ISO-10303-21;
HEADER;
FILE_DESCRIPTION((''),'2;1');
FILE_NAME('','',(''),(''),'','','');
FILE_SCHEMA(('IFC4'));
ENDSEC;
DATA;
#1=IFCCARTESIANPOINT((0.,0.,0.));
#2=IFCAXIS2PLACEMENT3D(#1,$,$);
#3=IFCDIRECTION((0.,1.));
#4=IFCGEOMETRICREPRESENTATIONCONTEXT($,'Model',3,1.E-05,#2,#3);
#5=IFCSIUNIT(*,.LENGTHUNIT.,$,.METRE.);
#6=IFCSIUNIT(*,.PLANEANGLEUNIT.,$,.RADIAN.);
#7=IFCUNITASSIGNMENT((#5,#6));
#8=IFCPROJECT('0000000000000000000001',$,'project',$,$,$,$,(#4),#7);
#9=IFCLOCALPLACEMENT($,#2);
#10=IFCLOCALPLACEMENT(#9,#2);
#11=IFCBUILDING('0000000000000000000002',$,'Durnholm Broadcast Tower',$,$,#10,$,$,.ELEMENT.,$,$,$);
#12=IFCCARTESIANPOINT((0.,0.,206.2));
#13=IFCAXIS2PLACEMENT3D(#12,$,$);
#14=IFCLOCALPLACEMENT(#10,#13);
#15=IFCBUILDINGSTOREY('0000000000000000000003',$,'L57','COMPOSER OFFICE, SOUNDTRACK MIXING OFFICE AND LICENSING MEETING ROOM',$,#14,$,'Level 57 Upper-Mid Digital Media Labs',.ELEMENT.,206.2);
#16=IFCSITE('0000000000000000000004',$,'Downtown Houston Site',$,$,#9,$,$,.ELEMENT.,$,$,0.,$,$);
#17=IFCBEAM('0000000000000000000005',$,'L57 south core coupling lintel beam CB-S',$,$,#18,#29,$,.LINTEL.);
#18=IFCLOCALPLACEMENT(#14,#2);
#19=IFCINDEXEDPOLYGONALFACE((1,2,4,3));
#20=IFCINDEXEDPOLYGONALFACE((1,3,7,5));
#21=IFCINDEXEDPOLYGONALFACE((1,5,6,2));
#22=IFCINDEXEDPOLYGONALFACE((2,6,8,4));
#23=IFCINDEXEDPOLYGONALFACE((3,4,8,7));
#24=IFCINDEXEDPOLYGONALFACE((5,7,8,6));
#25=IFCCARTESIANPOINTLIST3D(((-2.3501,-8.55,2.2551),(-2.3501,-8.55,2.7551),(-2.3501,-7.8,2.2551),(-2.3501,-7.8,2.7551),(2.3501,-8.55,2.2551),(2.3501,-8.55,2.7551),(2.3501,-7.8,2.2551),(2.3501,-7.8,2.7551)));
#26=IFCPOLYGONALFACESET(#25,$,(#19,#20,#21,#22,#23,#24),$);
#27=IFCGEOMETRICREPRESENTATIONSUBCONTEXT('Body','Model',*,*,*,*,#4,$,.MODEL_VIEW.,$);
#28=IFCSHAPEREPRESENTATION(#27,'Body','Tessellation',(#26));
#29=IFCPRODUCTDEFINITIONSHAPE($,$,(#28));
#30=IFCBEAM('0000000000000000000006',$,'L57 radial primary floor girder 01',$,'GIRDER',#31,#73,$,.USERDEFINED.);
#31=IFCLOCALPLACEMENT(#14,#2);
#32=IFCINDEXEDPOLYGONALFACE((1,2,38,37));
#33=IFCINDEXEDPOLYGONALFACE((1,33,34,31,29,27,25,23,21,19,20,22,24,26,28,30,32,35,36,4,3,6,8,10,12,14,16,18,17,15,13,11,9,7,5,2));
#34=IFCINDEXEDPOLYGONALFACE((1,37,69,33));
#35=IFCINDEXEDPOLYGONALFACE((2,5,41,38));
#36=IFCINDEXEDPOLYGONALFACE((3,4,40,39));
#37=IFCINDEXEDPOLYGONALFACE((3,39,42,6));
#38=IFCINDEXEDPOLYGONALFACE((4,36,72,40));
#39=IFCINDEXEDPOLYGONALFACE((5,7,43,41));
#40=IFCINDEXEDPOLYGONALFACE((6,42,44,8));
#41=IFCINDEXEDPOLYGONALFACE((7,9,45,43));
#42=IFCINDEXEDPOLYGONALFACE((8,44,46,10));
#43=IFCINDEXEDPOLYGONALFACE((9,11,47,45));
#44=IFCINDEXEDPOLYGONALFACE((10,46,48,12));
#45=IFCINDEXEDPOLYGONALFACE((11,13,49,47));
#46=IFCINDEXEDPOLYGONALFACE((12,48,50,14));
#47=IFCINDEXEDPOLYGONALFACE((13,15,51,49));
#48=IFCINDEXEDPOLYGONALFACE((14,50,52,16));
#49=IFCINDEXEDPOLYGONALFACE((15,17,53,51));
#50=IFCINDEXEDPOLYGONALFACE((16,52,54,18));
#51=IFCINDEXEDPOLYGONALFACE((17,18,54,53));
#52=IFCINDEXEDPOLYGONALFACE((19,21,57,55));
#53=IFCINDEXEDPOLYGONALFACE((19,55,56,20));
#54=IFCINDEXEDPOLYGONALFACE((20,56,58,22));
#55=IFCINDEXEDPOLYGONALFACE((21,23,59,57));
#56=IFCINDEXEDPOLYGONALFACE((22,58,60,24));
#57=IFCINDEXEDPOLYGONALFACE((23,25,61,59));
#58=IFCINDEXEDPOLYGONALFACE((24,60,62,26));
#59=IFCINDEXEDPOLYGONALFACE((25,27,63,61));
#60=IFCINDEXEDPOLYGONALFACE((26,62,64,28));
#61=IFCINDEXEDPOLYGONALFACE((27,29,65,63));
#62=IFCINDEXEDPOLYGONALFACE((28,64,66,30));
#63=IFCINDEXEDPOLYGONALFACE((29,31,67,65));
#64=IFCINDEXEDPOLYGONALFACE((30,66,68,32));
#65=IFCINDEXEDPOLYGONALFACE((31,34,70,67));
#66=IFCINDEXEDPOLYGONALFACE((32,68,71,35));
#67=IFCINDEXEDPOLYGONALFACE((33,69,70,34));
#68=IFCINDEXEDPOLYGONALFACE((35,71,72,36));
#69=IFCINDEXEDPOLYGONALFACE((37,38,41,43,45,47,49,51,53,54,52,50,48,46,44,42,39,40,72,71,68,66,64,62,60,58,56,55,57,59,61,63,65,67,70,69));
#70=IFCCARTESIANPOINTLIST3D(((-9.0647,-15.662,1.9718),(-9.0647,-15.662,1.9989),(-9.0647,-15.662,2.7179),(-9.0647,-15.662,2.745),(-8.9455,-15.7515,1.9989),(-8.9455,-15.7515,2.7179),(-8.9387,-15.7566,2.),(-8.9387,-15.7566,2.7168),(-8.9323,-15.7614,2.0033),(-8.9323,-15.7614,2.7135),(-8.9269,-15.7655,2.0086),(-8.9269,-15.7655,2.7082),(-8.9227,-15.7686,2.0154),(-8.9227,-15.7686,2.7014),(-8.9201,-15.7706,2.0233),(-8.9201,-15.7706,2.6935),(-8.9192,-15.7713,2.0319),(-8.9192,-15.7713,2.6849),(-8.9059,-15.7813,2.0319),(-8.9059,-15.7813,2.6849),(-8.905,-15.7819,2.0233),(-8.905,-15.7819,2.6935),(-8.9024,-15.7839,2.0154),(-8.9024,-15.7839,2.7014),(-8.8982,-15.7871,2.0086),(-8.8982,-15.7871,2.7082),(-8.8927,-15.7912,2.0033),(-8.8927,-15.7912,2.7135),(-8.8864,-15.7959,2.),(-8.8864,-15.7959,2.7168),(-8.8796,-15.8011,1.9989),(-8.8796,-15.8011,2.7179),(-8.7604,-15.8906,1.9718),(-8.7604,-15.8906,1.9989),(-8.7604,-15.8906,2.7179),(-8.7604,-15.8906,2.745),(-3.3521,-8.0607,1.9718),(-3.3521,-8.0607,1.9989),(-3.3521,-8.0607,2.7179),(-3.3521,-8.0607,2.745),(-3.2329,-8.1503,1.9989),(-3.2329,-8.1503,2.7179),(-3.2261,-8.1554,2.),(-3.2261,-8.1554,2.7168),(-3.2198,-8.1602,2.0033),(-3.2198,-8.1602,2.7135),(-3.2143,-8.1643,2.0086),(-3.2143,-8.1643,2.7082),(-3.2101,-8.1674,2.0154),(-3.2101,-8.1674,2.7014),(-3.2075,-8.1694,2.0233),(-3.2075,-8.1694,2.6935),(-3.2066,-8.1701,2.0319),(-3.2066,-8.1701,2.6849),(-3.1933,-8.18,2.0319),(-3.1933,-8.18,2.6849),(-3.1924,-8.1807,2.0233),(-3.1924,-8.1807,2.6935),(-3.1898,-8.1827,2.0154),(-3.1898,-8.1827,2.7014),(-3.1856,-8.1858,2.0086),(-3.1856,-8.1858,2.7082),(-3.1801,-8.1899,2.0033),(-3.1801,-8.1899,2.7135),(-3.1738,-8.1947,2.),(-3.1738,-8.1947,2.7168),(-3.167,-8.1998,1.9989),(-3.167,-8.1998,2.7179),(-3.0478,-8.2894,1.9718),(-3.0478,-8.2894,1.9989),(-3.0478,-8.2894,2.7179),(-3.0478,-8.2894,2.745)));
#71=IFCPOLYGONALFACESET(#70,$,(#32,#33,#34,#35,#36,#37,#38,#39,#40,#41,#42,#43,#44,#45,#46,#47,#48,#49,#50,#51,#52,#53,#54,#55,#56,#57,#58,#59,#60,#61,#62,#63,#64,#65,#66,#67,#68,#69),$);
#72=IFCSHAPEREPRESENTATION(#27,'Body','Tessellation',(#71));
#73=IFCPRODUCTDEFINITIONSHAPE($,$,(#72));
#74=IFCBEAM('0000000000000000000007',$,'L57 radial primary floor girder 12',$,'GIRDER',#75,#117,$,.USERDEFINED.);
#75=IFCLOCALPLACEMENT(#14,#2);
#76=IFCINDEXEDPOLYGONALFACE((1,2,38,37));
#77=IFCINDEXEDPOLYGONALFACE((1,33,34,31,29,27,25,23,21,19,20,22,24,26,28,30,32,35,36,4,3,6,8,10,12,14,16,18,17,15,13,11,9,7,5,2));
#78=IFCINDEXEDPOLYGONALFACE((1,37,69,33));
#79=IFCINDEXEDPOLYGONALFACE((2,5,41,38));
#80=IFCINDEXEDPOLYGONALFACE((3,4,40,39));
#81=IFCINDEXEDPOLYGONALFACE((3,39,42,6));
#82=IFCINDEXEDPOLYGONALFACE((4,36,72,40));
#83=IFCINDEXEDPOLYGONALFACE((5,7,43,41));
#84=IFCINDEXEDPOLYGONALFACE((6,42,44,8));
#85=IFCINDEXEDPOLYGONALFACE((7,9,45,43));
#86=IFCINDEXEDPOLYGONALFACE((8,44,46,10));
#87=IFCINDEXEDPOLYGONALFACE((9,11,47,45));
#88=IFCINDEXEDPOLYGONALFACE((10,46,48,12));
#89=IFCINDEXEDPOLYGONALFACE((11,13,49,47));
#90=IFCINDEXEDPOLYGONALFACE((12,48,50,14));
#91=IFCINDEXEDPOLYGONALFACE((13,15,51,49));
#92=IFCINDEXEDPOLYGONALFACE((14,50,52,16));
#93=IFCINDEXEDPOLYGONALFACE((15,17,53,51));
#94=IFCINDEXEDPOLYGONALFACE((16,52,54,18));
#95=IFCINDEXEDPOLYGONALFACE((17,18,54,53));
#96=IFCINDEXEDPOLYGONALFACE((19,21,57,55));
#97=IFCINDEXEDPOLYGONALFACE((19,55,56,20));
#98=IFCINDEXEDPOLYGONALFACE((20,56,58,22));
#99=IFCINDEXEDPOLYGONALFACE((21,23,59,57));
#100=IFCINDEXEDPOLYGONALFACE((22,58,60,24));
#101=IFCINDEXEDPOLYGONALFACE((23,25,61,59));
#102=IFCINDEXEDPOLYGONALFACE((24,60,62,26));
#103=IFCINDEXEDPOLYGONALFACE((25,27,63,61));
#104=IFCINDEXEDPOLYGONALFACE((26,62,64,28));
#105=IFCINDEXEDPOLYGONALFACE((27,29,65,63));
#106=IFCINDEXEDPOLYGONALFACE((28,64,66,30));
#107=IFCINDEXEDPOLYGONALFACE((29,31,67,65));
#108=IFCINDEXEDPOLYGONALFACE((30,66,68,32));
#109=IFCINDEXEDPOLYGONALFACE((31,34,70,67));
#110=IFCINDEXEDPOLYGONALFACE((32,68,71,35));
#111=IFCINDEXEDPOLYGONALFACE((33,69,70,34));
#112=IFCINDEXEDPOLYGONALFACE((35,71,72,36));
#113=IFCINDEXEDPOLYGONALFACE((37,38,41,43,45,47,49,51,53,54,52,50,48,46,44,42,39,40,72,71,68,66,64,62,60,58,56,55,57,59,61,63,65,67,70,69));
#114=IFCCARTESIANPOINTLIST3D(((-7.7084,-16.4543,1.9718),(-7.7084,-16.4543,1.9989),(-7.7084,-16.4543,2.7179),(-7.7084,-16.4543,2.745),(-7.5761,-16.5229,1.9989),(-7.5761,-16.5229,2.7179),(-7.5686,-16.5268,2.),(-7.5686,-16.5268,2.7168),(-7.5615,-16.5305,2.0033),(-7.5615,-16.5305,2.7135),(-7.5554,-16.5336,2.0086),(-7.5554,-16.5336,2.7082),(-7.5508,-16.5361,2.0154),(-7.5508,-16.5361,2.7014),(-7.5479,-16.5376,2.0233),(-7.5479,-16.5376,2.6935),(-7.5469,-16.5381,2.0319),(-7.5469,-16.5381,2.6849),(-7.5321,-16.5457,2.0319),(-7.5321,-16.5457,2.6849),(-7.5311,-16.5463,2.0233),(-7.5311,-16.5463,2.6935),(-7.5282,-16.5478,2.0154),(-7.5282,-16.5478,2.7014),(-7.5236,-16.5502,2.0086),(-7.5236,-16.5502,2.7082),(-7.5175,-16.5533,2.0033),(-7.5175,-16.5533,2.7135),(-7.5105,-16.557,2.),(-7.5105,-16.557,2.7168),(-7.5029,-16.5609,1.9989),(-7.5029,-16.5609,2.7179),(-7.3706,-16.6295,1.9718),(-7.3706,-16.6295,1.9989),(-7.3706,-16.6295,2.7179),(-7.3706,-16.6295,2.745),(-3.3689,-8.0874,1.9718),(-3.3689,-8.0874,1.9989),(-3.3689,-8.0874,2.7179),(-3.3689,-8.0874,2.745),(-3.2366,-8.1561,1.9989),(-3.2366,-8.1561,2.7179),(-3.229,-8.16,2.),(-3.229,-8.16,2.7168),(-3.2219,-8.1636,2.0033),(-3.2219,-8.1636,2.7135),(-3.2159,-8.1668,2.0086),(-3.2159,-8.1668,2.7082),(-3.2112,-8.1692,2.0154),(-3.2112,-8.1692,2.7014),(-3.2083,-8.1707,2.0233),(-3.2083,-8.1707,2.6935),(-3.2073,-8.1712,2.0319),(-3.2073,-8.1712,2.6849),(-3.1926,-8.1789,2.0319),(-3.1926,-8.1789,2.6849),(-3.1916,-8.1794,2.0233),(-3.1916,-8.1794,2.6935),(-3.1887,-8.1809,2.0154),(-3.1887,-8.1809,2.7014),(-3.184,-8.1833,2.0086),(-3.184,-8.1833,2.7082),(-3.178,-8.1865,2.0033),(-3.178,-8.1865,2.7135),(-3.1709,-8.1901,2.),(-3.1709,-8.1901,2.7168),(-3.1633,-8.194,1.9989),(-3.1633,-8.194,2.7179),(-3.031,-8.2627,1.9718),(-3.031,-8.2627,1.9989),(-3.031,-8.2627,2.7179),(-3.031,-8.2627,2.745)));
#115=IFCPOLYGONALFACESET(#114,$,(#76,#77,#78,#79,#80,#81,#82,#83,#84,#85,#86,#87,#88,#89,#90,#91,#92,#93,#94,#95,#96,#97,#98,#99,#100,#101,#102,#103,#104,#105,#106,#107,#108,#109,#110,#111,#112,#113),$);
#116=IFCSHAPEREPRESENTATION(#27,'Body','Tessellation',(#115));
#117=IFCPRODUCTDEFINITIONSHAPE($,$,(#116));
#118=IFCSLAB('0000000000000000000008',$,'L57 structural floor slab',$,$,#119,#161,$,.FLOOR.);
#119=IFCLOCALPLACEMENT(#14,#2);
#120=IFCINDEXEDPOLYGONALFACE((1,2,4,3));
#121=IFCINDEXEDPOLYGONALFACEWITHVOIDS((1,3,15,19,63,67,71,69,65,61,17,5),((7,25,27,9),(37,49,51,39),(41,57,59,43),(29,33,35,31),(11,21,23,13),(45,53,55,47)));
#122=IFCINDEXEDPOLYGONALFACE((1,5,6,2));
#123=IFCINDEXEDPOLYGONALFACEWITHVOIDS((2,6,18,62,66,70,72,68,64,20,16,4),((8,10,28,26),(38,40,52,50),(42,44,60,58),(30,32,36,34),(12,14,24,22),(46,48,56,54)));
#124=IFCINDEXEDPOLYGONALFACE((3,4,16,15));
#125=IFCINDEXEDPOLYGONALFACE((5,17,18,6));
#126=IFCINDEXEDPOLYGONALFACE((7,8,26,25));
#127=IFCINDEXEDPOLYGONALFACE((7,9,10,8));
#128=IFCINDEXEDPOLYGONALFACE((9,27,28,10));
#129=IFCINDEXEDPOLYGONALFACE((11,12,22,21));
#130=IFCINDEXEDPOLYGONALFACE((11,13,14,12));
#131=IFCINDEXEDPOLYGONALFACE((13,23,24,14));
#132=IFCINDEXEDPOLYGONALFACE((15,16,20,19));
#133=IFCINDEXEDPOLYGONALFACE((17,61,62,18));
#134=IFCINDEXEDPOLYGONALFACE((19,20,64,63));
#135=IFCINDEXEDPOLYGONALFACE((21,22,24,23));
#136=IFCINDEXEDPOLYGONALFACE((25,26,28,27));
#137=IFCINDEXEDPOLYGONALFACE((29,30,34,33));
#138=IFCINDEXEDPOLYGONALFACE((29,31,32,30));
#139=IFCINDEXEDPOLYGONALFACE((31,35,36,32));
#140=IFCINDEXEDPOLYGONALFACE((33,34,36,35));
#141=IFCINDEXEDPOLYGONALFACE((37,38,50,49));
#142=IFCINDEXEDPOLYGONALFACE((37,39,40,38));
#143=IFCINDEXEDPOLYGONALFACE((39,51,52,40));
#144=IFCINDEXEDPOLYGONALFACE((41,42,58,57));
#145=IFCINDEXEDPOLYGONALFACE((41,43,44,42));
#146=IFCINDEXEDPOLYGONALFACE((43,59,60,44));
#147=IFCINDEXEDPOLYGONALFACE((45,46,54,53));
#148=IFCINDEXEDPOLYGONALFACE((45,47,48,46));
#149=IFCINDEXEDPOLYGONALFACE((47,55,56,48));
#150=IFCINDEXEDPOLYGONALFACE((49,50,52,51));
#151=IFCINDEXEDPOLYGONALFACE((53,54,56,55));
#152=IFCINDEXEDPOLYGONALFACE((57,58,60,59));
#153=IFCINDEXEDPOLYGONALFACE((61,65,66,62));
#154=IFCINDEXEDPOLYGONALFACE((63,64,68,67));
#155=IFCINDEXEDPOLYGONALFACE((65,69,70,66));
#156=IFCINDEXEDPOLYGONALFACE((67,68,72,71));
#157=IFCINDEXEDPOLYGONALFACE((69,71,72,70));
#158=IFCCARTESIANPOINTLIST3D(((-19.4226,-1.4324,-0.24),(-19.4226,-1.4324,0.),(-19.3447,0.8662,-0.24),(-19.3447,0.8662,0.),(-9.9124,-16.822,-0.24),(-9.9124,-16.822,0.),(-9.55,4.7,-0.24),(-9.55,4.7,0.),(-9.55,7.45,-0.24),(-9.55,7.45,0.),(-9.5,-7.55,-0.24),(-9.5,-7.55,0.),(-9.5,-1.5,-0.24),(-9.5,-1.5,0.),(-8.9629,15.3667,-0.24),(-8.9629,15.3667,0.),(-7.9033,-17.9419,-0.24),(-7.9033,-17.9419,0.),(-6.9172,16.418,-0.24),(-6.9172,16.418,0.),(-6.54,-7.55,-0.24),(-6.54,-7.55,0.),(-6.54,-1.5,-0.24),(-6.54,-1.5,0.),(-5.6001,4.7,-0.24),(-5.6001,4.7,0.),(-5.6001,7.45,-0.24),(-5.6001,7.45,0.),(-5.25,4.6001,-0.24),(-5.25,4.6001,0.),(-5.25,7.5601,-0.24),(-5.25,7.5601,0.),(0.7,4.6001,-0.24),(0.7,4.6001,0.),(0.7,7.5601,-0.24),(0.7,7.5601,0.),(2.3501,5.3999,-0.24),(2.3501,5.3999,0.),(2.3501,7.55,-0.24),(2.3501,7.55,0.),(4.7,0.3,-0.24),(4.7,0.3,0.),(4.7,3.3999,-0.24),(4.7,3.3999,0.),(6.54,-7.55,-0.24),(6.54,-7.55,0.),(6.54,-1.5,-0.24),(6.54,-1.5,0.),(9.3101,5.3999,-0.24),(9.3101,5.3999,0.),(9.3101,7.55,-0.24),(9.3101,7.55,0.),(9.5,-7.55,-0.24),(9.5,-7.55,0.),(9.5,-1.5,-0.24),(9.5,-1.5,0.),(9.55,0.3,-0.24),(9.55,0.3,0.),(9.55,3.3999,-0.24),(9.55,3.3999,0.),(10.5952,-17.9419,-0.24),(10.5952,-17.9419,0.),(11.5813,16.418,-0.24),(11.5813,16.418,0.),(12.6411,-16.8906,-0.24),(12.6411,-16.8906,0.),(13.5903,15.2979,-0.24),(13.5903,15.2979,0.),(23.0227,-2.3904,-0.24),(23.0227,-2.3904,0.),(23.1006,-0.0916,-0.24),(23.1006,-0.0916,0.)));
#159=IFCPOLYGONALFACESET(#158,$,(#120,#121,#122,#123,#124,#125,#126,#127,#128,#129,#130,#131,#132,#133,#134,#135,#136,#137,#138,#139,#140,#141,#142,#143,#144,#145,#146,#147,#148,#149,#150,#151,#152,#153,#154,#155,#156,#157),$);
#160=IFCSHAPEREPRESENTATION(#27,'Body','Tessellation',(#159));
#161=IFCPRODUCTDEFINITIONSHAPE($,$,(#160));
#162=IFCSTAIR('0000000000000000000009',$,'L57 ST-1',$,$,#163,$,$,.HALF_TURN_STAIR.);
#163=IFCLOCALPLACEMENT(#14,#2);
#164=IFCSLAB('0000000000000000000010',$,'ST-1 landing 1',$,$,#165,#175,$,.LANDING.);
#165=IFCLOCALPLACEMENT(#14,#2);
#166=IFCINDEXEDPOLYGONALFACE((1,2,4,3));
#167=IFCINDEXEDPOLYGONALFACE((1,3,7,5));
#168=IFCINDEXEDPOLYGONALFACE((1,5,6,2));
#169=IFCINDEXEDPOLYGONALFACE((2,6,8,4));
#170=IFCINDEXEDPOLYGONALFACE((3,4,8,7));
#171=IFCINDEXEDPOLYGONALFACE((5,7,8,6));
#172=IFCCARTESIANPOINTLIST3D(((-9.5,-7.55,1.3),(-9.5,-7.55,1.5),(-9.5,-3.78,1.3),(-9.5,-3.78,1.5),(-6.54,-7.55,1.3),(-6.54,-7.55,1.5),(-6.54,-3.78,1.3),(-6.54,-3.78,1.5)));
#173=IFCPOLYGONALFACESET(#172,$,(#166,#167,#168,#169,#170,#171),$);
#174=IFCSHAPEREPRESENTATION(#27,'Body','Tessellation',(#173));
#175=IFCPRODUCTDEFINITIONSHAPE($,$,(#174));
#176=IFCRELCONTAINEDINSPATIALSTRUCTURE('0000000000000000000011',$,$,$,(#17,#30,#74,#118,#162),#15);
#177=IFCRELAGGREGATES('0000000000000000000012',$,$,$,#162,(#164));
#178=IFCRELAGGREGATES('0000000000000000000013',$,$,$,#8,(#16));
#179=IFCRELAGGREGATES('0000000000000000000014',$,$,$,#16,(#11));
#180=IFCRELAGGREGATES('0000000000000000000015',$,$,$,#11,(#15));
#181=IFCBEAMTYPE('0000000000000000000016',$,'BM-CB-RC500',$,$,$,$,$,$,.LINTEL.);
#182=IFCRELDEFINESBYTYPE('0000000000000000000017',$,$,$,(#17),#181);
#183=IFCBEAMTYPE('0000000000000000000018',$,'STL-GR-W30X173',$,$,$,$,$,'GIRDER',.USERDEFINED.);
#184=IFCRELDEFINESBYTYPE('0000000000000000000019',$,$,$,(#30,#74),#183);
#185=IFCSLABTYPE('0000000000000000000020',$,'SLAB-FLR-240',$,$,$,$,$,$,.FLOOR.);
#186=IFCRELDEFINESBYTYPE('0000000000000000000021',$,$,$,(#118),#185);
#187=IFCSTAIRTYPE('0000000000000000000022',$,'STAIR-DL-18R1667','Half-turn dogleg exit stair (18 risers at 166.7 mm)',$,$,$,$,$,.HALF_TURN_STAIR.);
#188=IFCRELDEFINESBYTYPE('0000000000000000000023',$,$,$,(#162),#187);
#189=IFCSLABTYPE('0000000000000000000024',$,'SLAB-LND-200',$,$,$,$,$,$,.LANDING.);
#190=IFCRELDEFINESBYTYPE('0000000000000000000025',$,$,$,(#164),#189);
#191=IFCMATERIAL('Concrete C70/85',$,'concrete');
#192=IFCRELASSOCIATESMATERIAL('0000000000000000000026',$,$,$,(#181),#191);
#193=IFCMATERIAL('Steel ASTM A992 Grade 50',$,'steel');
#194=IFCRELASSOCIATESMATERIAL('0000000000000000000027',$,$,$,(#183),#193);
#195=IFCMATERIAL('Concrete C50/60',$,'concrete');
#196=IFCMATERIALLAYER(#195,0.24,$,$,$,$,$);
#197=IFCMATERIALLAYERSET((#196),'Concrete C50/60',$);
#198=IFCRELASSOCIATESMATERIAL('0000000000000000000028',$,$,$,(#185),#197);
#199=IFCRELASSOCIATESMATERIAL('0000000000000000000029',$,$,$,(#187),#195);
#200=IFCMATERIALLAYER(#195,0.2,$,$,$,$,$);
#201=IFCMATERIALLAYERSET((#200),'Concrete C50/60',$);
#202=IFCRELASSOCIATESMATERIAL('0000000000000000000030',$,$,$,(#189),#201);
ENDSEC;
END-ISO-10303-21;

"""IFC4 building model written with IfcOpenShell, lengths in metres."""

from ifc_helpers import new_model, si_unit, direction, frame, origin, origin_2d, place, context, subcontext, project, spatial, polyline, rectangle, i_section, outline, extrude, source, transform, mapped, material, layer, layer_set, material_profile, profile_set, type_object, type_shapes, element, aggregate, save


model = new_model("IFC4")

# Units and contexts
model_context = context("Model", 3, precision=1e-05, world=origin(), true_north=direction((0.0, 1.0)))
body_context = subcontext(model_context, "Body", "Model", "MODEL_VIEW")
ifc_project = project(units=[si_unit("LENGTHUNIT", "METRE"), si_unit("PLANEANGLEUNIT", "RADIAN")], contexts=[model_context])

# Site, building, storey
site_placement = place(None, origin())
site = spatial("IfcSite", under=ifc_project, at=site_placement, Name="Downtown Houston Site", CompositionType="ELEMENT", RefElevation=0.0)
building_placement = place(site_placement, origin())
building = spatial("IfcBuilding", under=site, at=building_placement, Name="Durnholm Broadcast Tower", CompositionType="ELEMENT")
storey_placement = place(building_placement, frame((0.0, 0.0, 206.2)))
storey = spatial("IfcBuildingStorey", under=building, at=storey_placement, Name="L57", Description="COMPOSER OFFICE, SOUNDTRACK MIXING OFFICE AND LICENSING MEETING ROOM", LongName="Level 57 Upper-Mid Digital Media Labs", CompositionType="ELEMENT", Elevation=206.2)

# Beams
ifc_material_1 = material(Name="Concrete C70/85", Category="concrete")
ifc_material_profile_1 = material_profile(ifc_material_1, rectangle(XDim=0.75, YDim=0.5, at=origin_2d()), Name="RC750X500")
ifc_profile_set_1 = profile_set([ifc_material_profile_1], Name="Concrete C70/85")
beam_type_1 = type_object("IfcBeamType", Name="BM-CB-RC500", PredefinedType="LINTEL", material=ifc_profile_set_1)
shared_shape_1 = source(origin(), body_context, "Body", "SweptSolid", [
    extrude(rectangle(XDim=0.75, YDim=0.5, at=origin_2d()), origin(), (0.0, 0.0, 1.0), 4.7002),
])
type_shapes(beam_type_1, [shared_shape_1])
beam_1_placement = place(storey_placement, frame((-2.3501, -8.175, 2.5051), z_axis=(1.0, 0.0, 0.0), x_axis=(0.0, 1.0, 0.0)))
element("IfcBeam", 1, at=beam_1_placement, inside=storey, type_object=beam_type_1, Name="L57 south core coupling lintel beam CB-S", PredefinedType="LINTEL", context=body_context, shape_type="MappedRepresentation", body=[
    mapped(shared_shape_1, transform((0.0, 0.0, 0.0), x_axis=(1.0, 0.0, 0.0), y_axis=(0.0, 1.0, 0.0), z_axis=(0.0, 0.0, 1.0), scale=1.0)),
])
ifc_material_2 = material(Name="Steel ASTM A992 Grade 50", Category="steel")
ifc_material_profile_2 = material_profile(ifc_material_2, i_section(OverallWidth=0.3806, OverallDepth=0.7732, WebThickness=0.0166, FlangeThickness=0.0271, FilletRadius=0.033, at=origin_2d()), Name="W30X173")
ifc_profile_set_2 = profile_set([ifc_material_profile_2], Name="Steel ASTM A992 Grade 50")
beam_type_2 = type_object("IfcBeamType", Name="STL-GR-W30X173", ElementType="GIRDER", PredefinedType="USERDEFINED", material=ifc_profile_set_2)
shared_shape_2 = source(origin(), body_context, "Body", "SweptSolid", [
    extrude(i_section(OverallWidth=0.3806, OverallDepth=0.7732, WebThickness=0.0166, FlangeThickness=0.0271, FilletRadius=0.033, at=origin_2d()), origin(), (0.0, 0.0, 1.0), 9.5085),
])
beam_2_placement = place(storey_placement, frame((-3.2, -8.175, 2.3584), z_axis=(-0.600784, -0.799411, 0.0), x_axis=(0.799411, -0.600784, 0.0)))
element("IfcBeam", 2, at=beam_2_placement, inside=storey, type_object=beam_type_2, Name="L57 radial primary floor girder 01", ObjectType="GIRDER", PredefinedType="USERDEFINED", context=body_context, shape_type="MappedRepresentation", body=[
    mapped(shared_shape_2, transform((0.0, 0.0, 0.0), x_axis=(1.0, 0.0, 0.0), y_axis=(0.0, 1.0, 0.0), z_axis=(0.0, 0.0, 1.0), scale=1.0)),
])
shared_shape_3 = source(origin(), body_context, "Body", "SweptSolid", [
    extrude(i_section(OverallWidth=0.3806, OverallDepth=0.7732, WebThickness=0.0166, FlangeThickness=0.0271, FilletRadius=0.033, at=origin_2d()), origin(), (0.0, 0.0, 1.0), 9.4253),
])
type_shapes(beam_type_2, [shared_shape_2, shared_shape_3])
beam_3_placement = place(storey_placement, frame((-3.2, -8.175, 2.3584), z_axis=(-0.460416, -0.887703, 0.0), x_axis=(0.887703, -0.460416, 0.0)))
element("IfcBeam", 3, at=beam_3_placement, inside=storey, type_object=beam_type_2, Name="L57 radial primary floor girder 12", ObjectType="GIRDER", PredefinedType="USERDEFINED", context=body_context, shape_type="MappedRepresentation", body=[
    mapped(shared_shape_3, transform((0.0, 0.0, 0.0), x_axis=(1.0, 0.0, 0.0), y_axis=(0.0, 1.0, 0.0), z_axis=(0.0, 0.0, 1.0), scale=1.0)),
])

# Slab
ifc_material_3 = material(Name="Concrete C50/60", Category="concrete")
ifc_layer_1 = layer(ifc_material_3, 0.24)
ifc_layer_set_1 = layer_set([ifc_layer_1], Name="Concrete C50/60")
slab_type_1 = type_object("IfcSlabType", Name="SLAB-FLR-240", PredefinedType="FLOOR", material=ifc_layer_set_1)
slab_1_placement = place(storey_placement, frame((0.0, 0.0, -0.24)))
element("IfcSlab", 4, at=slab_1_placement, inside=storey, type_object=slab_type_1, Name="L57 structural floor slab", PredefinedType="FLOOR", context=body_context, shape_type="SweptSolid", body=[
    extrude(outline(polyline([(-9.9124, -16.822), (-7.9033, -17.9419), (10.5952, -17.9419), (12.6411, -16.8906), (23.0227, -2.3904), (23.1006, -0.0916), (13.5903, 15.2979), (11.5813, 16.418), (-6.9172, 16.418), (-8.9629, 15.3667), (-19.3447, 0.8662), (-19.4226, -1.4324), (-9.9124, -16.822)]), holes=[polyline([(-6.54, -1.5), (-9.5, -1.5), (-9.5, -7.55), (-6.54, -7.55), (-6.54, -1.5)]), polyline([(9.5, -7.55), (9.5, -1.5), (6.54, -1.5), (6.54, -7.55), (9.5, -7.55)]), polyline([(9.55, 3.3999), (4.7, 3.3999), (4.7, 0.3), (9.55, 0.3), (9.55, 3.3999)]), polyline([(-9.55, 7.45), (-9.55, 4.7), (-5.6001, 4.7), (-5.6001, 7.45), (-9.55, 7.45)]), polyline([(-5.25, 4.6001), (0.7, 4.6001), (0.7, 7.5601), (-5.25, 7.5601), (-5.25, 4.6001)]), polyline([(9.3101, 7.55), (2.3501, 7.55), (2.3501, 5.3999), (9.3101, 5.3999), (9.3101, 7.55)])]), origin(), (0.0, 0.0, 1.0), 0.24),
])

# Stair, slab
stair_type = type_object("IfcStairType", Name="STAIR-DL-18R1667", Description="Half-turn dogleg exit stair (18 risers at 166.7 mm)", PredefinedType="HALF_TURN_STAIR", material=ifc_material_3)
stair_1_placement = place(storey_placement, origin())
stair_1 = element("IfcStair", 5, at=stair_1_placement, inside=storey, type_object=stair_type, Name="L57 ST-1", PredefinedType="HALF_TURN_STAIR")
ifc_layer_2 = layer(ifc_material_3, 0.2)
ifc_layer_set_2 = layer_set([ifc_layer_2], Name="Concrete C50/60")
slab_type_2 = type_object("IfcSlabType", Name="SLAB-LND-200", PredefinedType="LANDING", material=ifc_layer_set_2)
slab_2_placement = place(storey_placement, frame((0.0, 0.0, 1.3)))
slab_2 = element("IfcSlab", 6, at=slab_2_placement, type_object=slab_type_2, Name="ST-1 landing 1", PredefinedType="LANDING", context=body_context, shape_type="SweptSolid", body=[
    extrude(outline(polyline([(-9.5, -3.78), (-9.5, -7.55), (-6.54, -7.55), (-6.54, -3.78), (-9.5, -3.78)])), origin(), (0.0, 0.0, 1.0), 0.2),
])

aggregate(stair_1, [slab_2])

save(model, "model.ifc")
